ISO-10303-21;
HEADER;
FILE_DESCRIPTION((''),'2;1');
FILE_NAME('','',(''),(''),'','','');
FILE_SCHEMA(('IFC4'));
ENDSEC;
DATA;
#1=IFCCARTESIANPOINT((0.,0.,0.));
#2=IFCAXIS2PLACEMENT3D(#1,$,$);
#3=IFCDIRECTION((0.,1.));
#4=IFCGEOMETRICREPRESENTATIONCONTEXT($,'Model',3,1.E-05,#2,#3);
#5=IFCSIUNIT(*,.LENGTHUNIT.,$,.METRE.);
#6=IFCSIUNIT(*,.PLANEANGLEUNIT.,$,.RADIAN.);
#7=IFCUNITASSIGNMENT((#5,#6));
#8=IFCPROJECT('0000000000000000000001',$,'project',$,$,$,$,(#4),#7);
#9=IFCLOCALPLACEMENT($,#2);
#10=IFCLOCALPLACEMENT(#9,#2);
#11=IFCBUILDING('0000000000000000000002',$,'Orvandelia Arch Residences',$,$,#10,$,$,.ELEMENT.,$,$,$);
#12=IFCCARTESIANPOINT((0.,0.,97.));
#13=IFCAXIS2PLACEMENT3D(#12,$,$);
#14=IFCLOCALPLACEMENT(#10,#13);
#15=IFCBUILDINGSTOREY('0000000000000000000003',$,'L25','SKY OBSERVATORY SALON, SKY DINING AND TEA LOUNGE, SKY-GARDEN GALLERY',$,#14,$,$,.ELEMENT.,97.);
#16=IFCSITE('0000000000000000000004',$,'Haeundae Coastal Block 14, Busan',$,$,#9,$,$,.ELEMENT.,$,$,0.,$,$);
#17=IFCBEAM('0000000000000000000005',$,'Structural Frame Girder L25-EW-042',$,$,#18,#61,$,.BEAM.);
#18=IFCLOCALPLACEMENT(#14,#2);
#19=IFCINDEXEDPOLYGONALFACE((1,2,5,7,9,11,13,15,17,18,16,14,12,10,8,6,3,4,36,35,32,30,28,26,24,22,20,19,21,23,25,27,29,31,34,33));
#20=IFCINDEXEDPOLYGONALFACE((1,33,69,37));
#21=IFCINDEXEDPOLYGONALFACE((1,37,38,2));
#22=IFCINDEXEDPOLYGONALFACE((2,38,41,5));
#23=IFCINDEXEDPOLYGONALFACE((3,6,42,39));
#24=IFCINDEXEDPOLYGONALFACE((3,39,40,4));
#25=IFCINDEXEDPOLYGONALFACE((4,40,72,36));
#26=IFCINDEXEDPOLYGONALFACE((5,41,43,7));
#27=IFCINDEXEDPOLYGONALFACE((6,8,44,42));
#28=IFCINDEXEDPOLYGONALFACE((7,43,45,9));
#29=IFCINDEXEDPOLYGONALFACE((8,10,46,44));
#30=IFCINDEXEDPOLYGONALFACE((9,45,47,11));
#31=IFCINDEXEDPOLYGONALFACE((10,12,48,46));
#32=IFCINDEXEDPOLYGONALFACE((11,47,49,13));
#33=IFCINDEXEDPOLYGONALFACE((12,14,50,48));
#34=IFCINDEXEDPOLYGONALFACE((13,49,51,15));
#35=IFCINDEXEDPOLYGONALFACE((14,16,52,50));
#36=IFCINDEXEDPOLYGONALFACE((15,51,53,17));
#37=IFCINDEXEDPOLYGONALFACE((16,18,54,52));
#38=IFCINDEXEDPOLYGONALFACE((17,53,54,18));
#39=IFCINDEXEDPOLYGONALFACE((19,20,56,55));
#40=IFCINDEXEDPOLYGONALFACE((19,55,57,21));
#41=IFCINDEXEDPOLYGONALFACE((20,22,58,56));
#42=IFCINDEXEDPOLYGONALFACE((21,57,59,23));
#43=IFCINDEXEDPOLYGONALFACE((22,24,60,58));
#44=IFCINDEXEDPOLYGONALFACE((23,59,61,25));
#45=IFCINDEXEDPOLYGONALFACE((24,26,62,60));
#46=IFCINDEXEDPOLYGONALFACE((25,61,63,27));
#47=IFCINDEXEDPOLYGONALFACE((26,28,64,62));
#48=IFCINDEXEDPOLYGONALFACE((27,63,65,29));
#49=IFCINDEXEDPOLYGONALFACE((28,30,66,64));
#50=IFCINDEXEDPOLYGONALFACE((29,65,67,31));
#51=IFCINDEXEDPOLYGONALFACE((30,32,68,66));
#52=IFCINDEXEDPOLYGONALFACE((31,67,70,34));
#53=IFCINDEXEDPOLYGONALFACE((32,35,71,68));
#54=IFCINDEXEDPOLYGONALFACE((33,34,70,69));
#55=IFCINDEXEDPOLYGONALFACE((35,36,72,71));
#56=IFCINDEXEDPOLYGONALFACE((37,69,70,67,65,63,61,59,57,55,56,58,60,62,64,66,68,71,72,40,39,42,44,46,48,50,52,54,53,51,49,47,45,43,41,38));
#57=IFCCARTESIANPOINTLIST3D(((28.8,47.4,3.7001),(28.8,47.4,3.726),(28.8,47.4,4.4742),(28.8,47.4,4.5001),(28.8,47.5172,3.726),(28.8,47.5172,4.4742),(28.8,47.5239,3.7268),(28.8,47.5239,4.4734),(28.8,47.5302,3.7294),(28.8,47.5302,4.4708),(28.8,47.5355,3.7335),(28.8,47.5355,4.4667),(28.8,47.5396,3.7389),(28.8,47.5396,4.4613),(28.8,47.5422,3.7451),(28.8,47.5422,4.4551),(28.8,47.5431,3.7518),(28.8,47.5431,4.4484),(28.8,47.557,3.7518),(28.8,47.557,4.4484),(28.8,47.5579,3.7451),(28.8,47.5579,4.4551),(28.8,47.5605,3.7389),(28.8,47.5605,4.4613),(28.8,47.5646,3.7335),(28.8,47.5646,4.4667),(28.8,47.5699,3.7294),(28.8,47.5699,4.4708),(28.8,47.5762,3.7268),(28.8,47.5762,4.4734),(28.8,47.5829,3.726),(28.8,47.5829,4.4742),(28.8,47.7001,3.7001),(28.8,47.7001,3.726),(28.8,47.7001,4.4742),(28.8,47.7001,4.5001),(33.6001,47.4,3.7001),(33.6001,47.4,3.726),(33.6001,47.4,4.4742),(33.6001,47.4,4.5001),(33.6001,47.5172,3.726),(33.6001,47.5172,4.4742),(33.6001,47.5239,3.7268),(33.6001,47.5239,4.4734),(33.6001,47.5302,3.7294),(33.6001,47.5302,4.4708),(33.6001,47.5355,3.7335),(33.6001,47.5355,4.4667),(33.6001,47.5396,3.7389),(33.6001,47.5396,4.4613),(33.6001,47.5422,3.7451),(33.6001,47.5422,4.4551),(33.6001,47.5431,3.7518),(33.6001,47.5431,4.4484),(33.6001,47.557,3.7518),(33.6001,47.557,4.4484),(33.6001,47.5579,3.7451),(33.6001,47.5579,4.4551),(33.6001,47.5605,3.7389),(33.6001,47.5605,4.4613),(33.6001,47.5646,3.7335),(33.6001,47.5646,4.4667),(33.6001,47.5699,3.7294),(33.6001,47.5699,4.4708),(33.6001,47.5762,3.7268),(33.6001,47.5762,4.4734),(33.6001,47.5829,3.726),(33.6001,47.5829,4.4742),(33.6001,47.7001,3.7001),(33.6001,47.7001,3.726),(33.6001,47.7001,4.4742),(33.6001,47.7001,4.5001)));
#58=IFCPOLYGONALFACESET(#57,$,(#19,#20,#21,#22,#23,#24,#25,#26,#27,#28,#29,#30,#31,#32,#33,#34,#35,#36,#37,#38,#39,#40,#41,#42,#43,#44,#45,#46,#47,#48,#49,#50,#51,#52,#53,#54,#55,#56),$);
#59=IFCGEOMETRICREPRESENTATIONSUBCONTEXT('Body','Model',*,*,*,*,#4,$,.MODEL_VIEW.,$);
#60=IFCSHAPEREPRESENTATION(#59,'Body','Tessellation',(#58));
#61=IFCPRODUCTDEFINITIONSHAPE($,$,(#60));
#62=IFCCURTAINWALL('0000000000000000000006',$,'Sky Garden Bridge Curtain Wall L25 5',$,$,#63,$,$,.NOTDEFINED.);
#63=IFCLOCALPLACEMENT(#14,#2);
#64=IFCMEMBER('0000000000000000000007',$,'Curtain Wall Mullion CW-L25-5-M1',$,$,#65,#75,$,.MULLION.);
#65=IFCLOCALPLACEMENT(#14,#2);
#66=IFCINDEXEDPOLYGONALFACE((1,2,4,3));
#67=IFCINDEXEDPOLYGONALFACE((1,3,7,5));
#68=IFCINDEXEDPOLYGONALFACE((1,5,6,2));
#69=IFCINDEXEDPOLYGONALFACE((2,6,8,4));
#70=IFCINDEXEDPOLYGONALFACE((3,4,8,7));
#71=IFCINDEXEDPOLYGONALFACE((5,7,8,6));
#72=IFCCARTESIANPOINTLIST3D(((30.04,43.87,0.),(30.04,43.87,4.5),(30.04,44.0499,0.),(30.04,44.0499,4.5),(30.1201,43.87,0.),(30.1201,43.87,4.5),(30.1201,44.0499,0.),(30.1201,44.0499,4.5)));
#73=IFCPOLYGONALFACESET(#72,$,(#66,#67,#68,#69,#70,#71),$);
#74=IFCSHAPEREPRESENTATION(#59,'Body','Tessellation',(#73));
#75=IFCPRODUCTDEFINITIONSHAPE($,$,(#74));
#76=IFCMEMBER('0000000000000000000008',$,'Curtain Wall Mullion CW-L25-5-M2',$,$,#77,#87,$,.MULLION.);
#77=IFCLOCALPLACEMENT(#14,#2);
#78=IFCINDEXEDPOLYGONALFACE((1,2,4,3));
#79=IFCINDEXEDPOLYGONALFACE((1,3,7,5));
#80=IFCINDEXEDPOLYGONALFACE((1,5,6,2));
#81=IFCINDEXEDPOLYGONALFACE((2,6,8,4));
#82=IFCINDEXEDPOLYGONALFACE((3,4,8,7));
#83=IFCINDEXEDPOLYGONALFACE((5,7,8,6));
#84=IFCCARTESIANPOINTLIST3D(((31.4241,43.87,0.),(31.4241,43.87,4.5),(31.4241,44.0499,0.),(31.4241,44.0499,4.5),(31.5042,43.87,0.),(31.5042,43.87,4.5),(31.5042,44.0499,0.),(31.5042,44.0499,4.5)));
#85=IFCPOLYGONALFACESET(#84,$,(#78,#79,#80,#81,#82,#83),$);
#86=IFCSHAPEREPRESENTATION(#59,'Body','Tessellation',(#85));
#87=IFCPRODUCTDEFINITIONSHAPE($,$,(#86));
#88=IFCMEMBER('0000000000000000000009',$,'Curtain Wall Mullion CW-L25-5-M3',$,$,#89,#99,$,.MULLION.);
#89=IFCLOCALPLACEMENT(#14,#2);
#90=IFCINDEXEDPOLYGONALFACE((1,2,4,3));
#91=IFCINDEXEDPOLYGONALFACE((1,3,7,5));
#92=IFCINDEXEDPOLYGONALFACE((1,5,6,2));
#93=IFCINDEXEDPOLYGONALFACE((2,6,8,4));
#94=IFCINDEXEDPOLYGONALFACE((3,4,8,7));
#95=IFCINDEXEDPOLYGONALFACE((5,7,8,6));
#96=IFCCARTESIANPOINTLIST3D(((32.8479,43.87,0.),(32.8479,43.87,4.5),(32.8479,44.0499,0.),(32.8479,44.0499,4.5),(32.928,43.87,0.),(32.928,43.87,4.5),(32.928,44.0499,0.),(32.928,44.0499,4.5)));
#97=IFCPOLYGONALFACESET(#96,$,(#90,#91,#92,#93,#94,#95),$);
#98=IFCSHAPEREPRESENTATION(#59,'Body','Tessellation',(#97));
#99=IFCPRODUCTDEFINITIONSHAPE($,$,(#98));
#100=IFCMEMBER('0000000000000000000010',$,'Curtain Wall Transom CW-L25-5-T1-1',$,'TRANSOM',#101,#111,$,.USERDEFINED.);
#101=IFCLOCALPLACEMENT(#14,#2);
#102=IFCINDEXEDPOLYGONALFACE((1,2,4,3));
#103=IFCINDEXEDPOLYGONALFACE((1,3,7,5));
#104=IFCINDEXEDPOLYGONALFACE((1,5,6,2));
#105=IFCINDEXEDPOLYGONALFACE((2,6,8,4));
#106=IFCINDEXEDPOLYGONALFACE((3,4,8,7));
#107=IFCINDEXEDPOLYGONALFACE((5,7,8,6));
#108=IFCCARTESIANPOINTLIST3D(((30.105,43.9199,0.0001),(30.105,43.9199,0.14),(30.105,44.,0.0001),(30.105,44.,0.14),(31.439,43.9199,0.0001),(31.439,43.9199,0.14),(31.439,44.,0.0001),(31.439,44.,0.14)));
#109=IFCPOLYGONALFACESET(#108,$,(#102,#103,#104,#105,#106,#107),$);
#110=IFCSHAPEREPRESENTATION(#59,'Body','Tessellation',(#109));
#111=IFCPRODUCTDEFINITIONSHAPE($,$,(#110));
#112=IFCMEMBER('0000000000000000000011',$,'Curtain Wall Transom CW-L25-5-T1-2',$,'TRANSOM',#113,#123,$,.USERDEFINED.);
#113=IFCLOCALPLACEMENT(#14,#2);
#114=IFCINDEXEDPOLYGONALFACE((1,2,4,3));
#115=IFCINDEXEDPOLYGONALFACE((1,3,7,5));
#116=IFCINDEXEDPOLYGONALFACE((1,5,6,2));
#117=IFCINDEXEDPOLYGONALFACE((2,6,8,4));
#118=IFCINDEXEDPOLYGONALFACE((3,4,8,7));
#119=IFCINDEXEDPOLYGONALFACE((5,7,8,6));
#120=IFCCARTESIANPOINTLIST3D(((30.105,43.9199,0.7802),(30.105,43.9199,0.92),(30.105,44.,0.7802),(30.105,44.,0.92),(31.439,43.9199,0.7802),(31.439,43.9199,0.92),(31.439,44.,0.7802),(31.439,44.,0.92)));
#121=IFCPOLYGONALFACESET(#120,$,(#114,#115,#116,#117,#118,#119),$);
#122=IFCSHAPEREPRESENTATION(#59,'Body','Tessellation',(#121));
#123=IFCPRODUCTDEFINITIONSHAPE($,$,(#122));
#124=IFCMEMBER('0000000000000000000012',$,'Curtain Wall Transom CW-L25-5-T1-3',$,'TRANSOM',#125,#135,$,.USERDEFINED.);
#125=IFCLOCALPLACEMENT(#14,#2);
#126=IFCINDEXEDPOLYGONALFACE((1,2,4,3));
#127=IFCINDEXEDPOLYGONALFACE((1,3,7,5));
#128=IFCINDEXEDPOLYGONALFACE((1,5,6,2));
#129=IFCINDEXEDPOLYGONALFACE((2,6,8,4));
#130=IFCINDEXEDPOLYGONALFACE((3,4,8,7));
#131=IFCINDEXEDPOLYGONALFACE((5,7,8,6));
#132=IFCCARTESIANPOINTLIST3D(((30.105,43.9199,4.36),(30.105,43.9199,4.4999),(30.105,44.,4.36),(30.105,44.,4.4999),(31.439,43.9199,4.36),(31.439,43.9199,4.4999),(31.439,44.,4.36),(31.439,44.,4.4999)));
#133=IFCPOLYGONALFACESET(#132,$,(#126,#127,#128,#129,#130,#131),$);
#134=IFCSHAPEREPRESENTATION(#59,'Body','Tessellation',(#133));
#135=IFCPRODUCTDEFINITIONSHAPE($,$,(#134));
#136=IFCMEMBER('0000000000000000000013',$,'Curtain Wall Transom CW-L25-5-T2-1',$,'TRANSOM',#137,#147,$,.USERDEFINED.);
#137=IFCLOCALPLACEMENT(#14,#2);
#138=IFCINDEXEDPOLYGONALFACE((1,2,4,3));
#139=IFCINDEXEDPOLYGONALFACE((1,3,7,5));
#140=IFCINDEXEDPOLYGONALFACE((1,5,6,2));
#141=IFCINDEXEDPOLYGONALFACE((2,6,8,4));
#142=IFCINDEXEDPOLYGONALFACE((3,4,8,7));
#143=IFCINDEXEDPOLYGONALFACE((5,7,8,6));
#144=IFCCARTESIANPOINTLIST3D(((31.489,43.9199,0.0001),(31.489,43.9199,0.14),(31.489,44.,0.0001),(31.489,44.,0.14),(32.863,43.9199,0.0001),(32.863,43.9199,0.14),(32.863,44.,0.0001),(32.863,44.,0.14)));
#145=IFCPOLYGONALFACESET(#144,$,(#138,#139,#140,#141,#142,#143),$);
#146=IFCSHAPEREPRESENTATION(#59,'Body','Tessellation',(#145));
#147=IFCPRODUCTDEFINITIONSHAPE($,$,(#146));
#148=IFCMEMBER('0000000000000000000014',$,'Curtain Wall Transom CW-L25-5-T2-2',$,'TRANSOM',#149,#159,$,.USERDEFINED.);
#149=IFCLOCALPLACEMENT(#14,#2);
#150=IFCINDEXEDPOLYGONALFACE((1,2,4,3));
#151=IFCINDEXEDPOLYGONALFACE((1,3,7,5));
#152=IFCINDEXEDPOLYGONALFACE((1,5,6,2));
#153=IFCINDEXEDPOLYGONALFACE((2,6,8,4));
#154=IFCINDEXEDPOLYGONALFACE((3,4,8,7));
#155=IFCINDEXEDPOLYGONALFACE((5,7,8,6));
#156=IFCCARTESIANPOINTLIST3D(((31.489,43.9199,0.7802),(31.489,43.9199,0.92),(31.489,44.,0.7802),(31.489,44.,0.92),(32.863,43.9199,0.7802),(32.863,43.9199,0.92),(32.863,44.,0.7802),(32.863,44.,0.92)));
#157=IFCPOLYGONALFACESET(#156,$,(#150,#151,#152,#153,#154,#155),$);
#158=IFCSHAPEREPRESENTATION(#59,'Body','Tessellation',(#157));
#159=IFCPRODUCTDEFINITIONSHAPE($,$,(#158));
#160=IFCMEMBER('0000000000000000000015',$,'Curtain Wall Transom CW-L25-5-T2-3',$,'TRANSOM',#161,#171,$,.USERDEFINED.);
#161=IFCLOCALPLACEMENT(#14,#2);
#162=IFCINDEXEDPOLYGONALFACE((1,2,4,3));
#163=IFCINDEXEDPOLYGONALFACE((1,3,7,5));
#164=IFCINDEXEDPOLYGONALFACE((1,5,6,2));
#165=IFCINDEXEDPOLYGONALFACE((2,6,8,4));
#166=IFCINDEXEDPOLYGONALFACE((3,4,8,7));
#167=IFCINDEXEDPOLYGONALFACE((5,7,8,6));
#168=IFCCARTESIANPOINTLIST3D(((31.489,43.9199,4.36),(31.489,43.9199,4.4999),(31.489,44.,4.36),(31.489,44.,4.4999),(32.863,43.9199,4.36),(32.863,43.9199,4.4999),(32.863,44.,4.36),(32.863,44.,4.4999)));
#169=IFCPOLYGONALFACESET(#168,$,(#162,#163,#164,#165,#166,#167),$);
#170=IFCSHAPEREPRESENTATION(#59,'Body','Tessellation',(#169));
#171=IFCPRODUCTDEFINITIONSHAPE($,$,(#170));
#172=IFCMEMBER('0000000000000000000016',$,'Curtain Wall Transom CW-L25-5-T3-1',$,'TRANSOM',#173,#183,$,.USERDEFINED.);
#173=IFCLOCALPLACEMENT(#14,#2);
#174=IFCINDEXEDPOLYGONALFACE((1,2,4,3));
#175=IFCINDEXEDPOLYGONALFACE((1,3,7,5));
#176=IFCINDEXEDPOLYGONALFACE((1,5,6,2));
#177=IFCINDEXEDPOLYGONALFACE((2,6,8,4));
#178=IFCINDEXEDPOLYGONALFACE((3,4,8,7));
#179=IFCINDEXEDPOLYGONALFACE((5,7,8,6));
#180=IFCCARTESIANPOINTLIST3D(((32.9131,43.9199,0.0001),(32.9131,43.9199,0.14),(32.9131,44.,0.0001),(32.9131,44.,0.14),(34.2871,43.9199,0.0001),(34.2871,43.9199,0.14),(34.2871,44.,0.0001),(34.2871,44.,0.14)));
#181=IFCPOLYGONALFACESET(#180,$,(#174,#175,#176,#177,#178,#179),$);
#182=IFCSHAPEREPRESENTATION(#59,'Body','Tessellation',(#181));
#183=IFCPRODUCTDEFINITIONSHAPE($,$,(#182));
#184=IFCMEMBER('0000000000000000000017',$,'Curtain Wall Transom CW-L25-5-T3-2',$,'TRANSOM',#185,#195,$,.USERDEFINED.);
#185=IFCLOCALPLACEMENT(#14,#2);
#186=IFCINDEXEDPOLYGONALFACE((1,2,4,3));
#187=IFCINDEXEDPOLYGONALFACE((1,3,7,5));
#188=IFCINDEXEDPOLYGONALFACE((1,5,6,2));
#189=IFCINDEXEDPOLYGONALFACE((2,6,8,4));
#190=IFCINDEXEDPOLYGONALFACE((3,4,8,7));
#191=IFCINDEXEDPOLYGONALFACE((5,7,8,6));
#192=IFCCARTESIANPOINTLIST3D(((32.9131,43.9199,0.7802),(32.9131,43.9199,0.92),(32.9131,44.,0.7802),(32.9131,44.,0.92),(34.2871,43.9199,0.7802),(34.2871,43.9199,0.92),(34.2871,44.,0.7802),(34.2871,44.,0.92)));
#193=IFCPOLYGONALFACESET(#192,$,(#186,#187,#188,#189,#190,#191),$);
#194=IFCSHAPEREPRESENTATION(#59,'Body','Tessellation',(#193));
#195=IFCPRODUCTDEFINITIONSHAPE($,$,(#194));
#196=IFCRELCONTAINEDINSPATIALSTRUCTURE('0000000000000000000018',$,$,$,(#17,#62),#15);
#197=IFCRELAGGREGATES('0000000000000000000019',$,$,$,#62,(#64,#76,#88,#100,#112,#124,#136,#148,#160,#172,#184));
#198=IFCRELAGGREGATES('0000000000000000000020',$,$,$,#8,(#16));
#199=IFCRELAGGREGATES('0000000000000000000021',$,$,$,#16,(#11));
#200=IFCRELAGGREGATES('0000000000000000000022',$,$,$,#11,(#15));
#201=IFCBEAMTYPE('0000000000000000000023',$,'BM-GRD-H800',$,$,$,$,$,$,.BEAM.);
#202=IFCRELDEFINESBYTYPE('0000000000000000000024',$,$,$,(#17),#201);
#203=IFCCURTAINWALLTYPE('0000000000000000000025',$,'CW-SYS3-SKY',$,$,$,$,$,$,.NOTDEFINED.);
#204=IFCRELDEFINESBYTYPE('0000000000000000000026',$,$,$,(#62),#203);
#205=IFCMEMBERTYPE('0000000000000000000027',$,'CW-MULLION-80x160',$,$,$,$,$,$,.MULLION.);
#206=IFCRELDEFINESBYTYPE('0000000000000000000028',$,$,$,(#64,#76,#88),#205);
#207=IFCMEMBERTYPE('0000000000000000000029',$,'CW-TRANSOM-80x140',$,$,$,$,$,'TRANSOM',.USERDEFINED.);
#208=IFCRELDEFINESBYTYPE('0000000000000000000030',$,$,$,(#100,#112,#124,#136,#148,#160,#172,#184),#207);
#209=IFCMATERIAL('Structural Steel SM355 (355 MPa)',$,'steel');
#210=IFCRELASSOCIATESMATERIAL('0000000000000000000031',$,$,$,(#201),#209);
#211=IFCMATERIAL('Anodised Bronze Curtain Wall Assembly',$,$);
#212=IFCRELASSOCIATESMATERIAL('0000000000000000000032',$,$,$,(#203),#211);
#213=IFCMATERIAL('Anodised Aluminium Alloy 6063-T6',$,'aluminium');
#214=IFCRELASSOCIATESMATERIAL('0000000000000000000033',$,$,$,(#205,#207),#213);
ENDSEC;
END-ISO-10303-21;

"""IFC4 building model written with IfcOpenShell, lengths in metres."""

from ifc_helpers import new_model, si_unit, direction, frame, origin, origin_2d, place, context, subcontext, project, spatial, rectangle, i_section, extrude, material, material_profile, profile_set, type_object, element, aggregate, save


model = new_model("IFC4")

# Units and contexts
model_context = context("Model", 3, precision=1e-05, world=origin(), true_north=direction((0.0, 1.0)))
body_context = subcontext(model_context, "Body", "Model", "MODEL_VIEW")
ifc_project = project(units=[si_unit("LENGTHUNIT", "METRE"), si_unit("PLANEANGLEUNIT", "RADIAN")], contexts=[model_context])

# Site, building, storey
site_placement = place(None, origin())
site = spatial("IfcSite", under=ifc_project, at=site_placement, Name="Haeundae Coastal Block 14, Busan", CompositionType="ELEMENT", RefElevation=0.0)
building_placement = place(site_placement, origin())
building = spatial("IfcBuilding", under=site, at=building_placement, Name="Orvandelia Arch Residences", CompositionType="ELEMENT")
storey_placement = place(building_placement, frame((0.0, 0.0, 97.0)))
storey = spatial("IfcBuildingStorey", under=building, at=storey_placement, Name="L25", Description="SKY OBSERVATORY SALON, SKY DINING AND TEA LOUNGE, SKY-GARDEN GALLERY", CompositionType="ELEMENT", Elevation=97.0)

# Beam
ifc_material_1 = material(Name="Structural Steel SM355 (355 MPa)", Category="steel")
ifc_material_profile_1 = material_profile(ifc_material_1, i_section(OverallWidth=0.3, OverallDepth=0.8, WebThickness=0.0139, FlangeThickness=0.0259, FilletRadius=0.0259, at=origin_2d()), Name="Structural Steel SM355 (355 MPa)", Category="steel")
ifc_profile_set_1 = profile_set([ifc_material_profile_1], Name="Structural Steel SM355 (355 MPa)")
beam_type = type_object("IfcBeamType", Name="BM-GRD-H800", PredefinedType="BEAM", material=ifc_profile_set_1)
beam_placement = place(storey_placement, frame((28.8, 47.55, 4.1001), z_axis=(1.0, 0.0, 0.0), x_axis=(0.0, 1.0, 0.0)))
element("IfcBeam", 1, at=beam_placement, inside=storey, type_object=beam_type, Name="Structural Frame Girder L25-EW-042", PredefinedType="BEAM", context=body_context, shape_type="SweptSolid", body=[
    extrude(i_section(OverallWidth=0.3, OverallDepth=0.8, WebThickness=0.0139, FlangeThickness=0.0259, FilletRadius=0.0259, at=origin_2d()), origin(), (0.0, 0.0, 1.0), 4.8),
])

# Curtain wall, members
ifc_material_2 = material(Name="Anodised Bronze Curtain Wall Assembly")
curtain_wall_type = type_object("IfcCurtainWallType", Name="CW-SYS3-SKY", PredefinedType="NOTDEFINED", material=ifc_material_2)
curtain_wall_placement = place(storey_placement, origin())
curtain_wall = element("IfcCurtainWall", 2, at=curtain_wall_placement, inside=storey, type_object=curtain_wall_type, Name="Sky Garden Bridge Curtain Wall L25 5", PredefinedType="NOTDEFINED")
ifc_material_3 = material(Name="Anodised Aluminium Alloy 6063-T6", Category="aluminium")
ifc_material_profile_2 = material_profile(ifc_material_3, rectangle(XDim=0.0801, YDim=0.1799, at=origin_2d()), Name="Anodised Aluminium Alloy 6063-T6", Category="aluminium")
ifc_profile_set_2 = profile_set([ifc_material_profile_2], Name="Anodised Aluminium Alloy 6063-T6")
member_type_1 = type_object("IfcMemberType", Name="CW-MULLION-80x160", PredefinedType="MULLION", material=ifc_profile_set_2)
member_1_placement = place(storey_placement, frame((30.0801, 43.96, 0.0), z_axis=(0.0, 0.0, 1.0), x_axis=(1.0, 0.0, 0.0)))
member_1 = element("IfcMember", 3, at=member_1_placement, type_object=member_type_1, Name="Curtain Wall Mullion CW-L25-5-M1", PredefinedType="MULLION", context=body_context, shape_type="SweptSolid", body=[
    extrude(rectangle(XDim=0.0801, YDim=0.1799, at=origin_2d()), origin(), (0.0, 0.0, 1.0), 4.5),
])
member_2_placement = place(storey_placement, frame((31.4641, 43.96, 0.0), z_axis=(0.0, 0.0, 1.0), x_axis=(1.0, 0.0, 0.0)))
member_2 = element("IfcMember", 4, at=member_2_placement, type_object=member_type_1, Name="Curtain Wall Mullion CW-L25-5-M2", PredefinedType="MULLION", context=body_context, shape_type="SweptSolid", body=[
    extrude(rectangle(XDim=0.0801, YDim=0.1799, at=origin_2d()), origin(), (0.0, 0.0, 1.0), 4.5),
])
member_3_placement = place(storey_placement, frame((32.8879, 43.96, 0.0), z_axis=(0.0, 0.0, 1.0), x_axis=(1.0, 0.0, 0.0)))
member_3 = element("IfcMember", 5, at=member_3_placement, type_object=member_type_1, Name="Curtain Wall Mullion CW-L25-5-M3", PredefinedType="MULLION", context=body_context, shape_type="SweptSolid", body=[
    extrude(rectangle(XDim=0.0801, YDim=0.1799, at=origin_2d()), origin(), (0.0, 0.0, 1.0), 4.5),
])
ifc_material_profile_3 = material_profile(ifc_material_3, rectangle(XDim=0.0801, YDim=0.1399, at=origin_2d()), Name="Anodised Aluminium Alloy 6063-T6", Category="aluminium")
ifc_profile_set_3 = profile_set([ifc_material_profile_3], Name="Anodised Aluminium Alloy 6063-T6")
member_type_2 = type_object("IfcMemberType", Name="CW-TRANSOM-80x140", ElementType="TRANSOM", PredefinedType="USERDEFINED", material=ifc_profile_set_3)
member_4_placement = place(storey_placement, frame((30.105, 43.96, 0.0701), z_axis=(1.0, 0.0, 0.0), x_axis=(0.0, 1.0, 0.0)))
member_4 = element("IfcMember", 6, at=member_4_placement, type_object=member_type_2, Name="Curtain Wall Transom CW-L25-5-T1-1", ObjectType="TRANSOM", PredefinedType="USERDEFINED", context=body_context, shape_type="SweptSolid", body=[
    extrude(rectangle(XDim=0.0801, YDim=0.1399, at=origin_2d()), origin(), (0.0, 0.0, 1.0), 1.334),
])
member_5_placement = place(storey_placement, frame((30.105, 43.96, 0.8501), z_axis=(1.0, 0.0, 0.0), x_axis=(0.0, 1.0, 0.0)))
member_5 = element("IfcMember", 7, at=member_5_placement, type_object=member_type_2, Name="Curtain Wall Transom CW-L25-5-T1-2", ObjectType="TRANSOM", PredefinedType="USERDEFINED", context=body_context, shape_type="SweptSolid", body=[
    extrude(rectangle(XDim=0.0801, YDim=0.1399, at=origin_2d()), origin(), (0.0, 0.0, 1.0), 1.334),
])
member_6_placement = place(storey_placement, frame((30.105, 43.96, 4.4299), z_axis=(1.0, 0.0, 0.0), x_axis=(0.0, 1.0, 0.0)))
member_6 = element("IfcMember", 8, at=member_6_placement, type_object=member_type_2, Name="Curtain Wall Transom CW-L25-5-T1-3", ObjectType="TRANSOM", PredefinedType="USERDEFINED", context=body_context, shape_type="SweptSolid", body=[
    extrude(rectangle(XDim=0.0801, YDim=0.1399, at=origin_2d()), origin(), (0.0, 0.0, 1.0), 1.334),
])
member_7_placement = place(storey_placement, frame((31.489, 43.96, 0.0701), z_axis=(1.0, 0.0, 0.0), x_axis=(0.0, 1.0, 0.0)))
member_7 = element("IfcMember", 9, at=member_7_placement, type_object=member_type_2, Name="Curtain Wall Transom CW-L25-5-T2-1", ObjectType="TRANSOM", PredefinedType="USERDEFINED", context=body_context, shape_type="SweptSolid", body=[
    extrude(rectangle(XDim=0.0801, YDim=0.1399, at=origin_2d()), origin(), (0.0, 0.0, 1.0), 1.374),
])
member_8_placement = place(storey_placement, frame((31.489, 43.96, 0.8501), z_axis=(1.0, 0.0, 0.0), x_axis=(0.0, 1.0, 0.0)))
member_8 = element("IfcMember", 10, at=member_8_placement, type_object=member_type_2, Name="Curtain Wall Transom CW-L25-5-T2-2", ObjectType="TRANSOM", PredefinedType="USERDEFINED", context=body_context, shape_type="SweptSolid", body=[
    extrude(rectangle(XDim=0.0801, YDim=0.1399, at=origin_2d()), origin(), (0.0, 0.0, 1.0), 1.374),
])
member_9_placement = place(storey_placement, frame((31.489, 43.96, 4.4299), z_axis=(1.0, 0.0, 0.0), x_axis=(0.0, 1.0, 0.0)))
member_9 = element("IfcMember", 11, at=member_9_placement, type_object=member_type_2, Name="Curtain Wall Transom CW-L25-5-T2-3", ObjectType="TRANSOM", PredefinedType="USERDEFINED", context=body_context, shape_type="SweptSolid", body=[
    extrude(rectangle(XDim=0.0801, YDim=0.1399, at=origin_2d()), origin(), (0.0, 0.0, 1.0), 1.374),
])
member_10_placement = place(storey_placement, frame((32.9131, 43.96, 0.0701), z_axis=(1.0, 0.0, 0.0), x_axis=(0.0, 1.0, 0.0)))
member_10 = element("IfcMember", 12, at=member_10_placement, type_object=member_type_2, Name="Curtain Wall Transom CW-L25-5-T3-1", ObjectType="TRANSOM", PredefinedType="USERDEFINED", context=body_context, shape_type="SweptSolid", body=[
    extrude(rectangle(XDim=0.0801, YDim=0.1399, at=origin_2d()), origin(), (0.0, 0.0, 1.0), 1.374),
])
member_11_placement = place(storey_placement, frame((32.9131, 43.96, 0.8501), z_axis=(1.0, 0.0, 0.0), x_axis=(0.0, 1.0, 0.0)))
member_11 = element("IfcMember", 13, at=member_11_placement, type_object=member_type_2, Name="Curtain Wall Transom CW-L25-5-T3-2", ObjectType="TRANSOM", PredefinedType="USERDEFINED", context=body_context, shape_type="SweptSolid", body=[
    extrude(rectangle(XDim=0.0801, YDim=0.1399, at=origin_2d()), origin(), (0.0, 0.0, 1.0), 1.374),
])
aggregate(curtain_wall, [member_1, member_2, member_3, member_4, member_5, member_6, member_7, member_8, member_9, member_10, member_11])

save(model, "model.ifc")
